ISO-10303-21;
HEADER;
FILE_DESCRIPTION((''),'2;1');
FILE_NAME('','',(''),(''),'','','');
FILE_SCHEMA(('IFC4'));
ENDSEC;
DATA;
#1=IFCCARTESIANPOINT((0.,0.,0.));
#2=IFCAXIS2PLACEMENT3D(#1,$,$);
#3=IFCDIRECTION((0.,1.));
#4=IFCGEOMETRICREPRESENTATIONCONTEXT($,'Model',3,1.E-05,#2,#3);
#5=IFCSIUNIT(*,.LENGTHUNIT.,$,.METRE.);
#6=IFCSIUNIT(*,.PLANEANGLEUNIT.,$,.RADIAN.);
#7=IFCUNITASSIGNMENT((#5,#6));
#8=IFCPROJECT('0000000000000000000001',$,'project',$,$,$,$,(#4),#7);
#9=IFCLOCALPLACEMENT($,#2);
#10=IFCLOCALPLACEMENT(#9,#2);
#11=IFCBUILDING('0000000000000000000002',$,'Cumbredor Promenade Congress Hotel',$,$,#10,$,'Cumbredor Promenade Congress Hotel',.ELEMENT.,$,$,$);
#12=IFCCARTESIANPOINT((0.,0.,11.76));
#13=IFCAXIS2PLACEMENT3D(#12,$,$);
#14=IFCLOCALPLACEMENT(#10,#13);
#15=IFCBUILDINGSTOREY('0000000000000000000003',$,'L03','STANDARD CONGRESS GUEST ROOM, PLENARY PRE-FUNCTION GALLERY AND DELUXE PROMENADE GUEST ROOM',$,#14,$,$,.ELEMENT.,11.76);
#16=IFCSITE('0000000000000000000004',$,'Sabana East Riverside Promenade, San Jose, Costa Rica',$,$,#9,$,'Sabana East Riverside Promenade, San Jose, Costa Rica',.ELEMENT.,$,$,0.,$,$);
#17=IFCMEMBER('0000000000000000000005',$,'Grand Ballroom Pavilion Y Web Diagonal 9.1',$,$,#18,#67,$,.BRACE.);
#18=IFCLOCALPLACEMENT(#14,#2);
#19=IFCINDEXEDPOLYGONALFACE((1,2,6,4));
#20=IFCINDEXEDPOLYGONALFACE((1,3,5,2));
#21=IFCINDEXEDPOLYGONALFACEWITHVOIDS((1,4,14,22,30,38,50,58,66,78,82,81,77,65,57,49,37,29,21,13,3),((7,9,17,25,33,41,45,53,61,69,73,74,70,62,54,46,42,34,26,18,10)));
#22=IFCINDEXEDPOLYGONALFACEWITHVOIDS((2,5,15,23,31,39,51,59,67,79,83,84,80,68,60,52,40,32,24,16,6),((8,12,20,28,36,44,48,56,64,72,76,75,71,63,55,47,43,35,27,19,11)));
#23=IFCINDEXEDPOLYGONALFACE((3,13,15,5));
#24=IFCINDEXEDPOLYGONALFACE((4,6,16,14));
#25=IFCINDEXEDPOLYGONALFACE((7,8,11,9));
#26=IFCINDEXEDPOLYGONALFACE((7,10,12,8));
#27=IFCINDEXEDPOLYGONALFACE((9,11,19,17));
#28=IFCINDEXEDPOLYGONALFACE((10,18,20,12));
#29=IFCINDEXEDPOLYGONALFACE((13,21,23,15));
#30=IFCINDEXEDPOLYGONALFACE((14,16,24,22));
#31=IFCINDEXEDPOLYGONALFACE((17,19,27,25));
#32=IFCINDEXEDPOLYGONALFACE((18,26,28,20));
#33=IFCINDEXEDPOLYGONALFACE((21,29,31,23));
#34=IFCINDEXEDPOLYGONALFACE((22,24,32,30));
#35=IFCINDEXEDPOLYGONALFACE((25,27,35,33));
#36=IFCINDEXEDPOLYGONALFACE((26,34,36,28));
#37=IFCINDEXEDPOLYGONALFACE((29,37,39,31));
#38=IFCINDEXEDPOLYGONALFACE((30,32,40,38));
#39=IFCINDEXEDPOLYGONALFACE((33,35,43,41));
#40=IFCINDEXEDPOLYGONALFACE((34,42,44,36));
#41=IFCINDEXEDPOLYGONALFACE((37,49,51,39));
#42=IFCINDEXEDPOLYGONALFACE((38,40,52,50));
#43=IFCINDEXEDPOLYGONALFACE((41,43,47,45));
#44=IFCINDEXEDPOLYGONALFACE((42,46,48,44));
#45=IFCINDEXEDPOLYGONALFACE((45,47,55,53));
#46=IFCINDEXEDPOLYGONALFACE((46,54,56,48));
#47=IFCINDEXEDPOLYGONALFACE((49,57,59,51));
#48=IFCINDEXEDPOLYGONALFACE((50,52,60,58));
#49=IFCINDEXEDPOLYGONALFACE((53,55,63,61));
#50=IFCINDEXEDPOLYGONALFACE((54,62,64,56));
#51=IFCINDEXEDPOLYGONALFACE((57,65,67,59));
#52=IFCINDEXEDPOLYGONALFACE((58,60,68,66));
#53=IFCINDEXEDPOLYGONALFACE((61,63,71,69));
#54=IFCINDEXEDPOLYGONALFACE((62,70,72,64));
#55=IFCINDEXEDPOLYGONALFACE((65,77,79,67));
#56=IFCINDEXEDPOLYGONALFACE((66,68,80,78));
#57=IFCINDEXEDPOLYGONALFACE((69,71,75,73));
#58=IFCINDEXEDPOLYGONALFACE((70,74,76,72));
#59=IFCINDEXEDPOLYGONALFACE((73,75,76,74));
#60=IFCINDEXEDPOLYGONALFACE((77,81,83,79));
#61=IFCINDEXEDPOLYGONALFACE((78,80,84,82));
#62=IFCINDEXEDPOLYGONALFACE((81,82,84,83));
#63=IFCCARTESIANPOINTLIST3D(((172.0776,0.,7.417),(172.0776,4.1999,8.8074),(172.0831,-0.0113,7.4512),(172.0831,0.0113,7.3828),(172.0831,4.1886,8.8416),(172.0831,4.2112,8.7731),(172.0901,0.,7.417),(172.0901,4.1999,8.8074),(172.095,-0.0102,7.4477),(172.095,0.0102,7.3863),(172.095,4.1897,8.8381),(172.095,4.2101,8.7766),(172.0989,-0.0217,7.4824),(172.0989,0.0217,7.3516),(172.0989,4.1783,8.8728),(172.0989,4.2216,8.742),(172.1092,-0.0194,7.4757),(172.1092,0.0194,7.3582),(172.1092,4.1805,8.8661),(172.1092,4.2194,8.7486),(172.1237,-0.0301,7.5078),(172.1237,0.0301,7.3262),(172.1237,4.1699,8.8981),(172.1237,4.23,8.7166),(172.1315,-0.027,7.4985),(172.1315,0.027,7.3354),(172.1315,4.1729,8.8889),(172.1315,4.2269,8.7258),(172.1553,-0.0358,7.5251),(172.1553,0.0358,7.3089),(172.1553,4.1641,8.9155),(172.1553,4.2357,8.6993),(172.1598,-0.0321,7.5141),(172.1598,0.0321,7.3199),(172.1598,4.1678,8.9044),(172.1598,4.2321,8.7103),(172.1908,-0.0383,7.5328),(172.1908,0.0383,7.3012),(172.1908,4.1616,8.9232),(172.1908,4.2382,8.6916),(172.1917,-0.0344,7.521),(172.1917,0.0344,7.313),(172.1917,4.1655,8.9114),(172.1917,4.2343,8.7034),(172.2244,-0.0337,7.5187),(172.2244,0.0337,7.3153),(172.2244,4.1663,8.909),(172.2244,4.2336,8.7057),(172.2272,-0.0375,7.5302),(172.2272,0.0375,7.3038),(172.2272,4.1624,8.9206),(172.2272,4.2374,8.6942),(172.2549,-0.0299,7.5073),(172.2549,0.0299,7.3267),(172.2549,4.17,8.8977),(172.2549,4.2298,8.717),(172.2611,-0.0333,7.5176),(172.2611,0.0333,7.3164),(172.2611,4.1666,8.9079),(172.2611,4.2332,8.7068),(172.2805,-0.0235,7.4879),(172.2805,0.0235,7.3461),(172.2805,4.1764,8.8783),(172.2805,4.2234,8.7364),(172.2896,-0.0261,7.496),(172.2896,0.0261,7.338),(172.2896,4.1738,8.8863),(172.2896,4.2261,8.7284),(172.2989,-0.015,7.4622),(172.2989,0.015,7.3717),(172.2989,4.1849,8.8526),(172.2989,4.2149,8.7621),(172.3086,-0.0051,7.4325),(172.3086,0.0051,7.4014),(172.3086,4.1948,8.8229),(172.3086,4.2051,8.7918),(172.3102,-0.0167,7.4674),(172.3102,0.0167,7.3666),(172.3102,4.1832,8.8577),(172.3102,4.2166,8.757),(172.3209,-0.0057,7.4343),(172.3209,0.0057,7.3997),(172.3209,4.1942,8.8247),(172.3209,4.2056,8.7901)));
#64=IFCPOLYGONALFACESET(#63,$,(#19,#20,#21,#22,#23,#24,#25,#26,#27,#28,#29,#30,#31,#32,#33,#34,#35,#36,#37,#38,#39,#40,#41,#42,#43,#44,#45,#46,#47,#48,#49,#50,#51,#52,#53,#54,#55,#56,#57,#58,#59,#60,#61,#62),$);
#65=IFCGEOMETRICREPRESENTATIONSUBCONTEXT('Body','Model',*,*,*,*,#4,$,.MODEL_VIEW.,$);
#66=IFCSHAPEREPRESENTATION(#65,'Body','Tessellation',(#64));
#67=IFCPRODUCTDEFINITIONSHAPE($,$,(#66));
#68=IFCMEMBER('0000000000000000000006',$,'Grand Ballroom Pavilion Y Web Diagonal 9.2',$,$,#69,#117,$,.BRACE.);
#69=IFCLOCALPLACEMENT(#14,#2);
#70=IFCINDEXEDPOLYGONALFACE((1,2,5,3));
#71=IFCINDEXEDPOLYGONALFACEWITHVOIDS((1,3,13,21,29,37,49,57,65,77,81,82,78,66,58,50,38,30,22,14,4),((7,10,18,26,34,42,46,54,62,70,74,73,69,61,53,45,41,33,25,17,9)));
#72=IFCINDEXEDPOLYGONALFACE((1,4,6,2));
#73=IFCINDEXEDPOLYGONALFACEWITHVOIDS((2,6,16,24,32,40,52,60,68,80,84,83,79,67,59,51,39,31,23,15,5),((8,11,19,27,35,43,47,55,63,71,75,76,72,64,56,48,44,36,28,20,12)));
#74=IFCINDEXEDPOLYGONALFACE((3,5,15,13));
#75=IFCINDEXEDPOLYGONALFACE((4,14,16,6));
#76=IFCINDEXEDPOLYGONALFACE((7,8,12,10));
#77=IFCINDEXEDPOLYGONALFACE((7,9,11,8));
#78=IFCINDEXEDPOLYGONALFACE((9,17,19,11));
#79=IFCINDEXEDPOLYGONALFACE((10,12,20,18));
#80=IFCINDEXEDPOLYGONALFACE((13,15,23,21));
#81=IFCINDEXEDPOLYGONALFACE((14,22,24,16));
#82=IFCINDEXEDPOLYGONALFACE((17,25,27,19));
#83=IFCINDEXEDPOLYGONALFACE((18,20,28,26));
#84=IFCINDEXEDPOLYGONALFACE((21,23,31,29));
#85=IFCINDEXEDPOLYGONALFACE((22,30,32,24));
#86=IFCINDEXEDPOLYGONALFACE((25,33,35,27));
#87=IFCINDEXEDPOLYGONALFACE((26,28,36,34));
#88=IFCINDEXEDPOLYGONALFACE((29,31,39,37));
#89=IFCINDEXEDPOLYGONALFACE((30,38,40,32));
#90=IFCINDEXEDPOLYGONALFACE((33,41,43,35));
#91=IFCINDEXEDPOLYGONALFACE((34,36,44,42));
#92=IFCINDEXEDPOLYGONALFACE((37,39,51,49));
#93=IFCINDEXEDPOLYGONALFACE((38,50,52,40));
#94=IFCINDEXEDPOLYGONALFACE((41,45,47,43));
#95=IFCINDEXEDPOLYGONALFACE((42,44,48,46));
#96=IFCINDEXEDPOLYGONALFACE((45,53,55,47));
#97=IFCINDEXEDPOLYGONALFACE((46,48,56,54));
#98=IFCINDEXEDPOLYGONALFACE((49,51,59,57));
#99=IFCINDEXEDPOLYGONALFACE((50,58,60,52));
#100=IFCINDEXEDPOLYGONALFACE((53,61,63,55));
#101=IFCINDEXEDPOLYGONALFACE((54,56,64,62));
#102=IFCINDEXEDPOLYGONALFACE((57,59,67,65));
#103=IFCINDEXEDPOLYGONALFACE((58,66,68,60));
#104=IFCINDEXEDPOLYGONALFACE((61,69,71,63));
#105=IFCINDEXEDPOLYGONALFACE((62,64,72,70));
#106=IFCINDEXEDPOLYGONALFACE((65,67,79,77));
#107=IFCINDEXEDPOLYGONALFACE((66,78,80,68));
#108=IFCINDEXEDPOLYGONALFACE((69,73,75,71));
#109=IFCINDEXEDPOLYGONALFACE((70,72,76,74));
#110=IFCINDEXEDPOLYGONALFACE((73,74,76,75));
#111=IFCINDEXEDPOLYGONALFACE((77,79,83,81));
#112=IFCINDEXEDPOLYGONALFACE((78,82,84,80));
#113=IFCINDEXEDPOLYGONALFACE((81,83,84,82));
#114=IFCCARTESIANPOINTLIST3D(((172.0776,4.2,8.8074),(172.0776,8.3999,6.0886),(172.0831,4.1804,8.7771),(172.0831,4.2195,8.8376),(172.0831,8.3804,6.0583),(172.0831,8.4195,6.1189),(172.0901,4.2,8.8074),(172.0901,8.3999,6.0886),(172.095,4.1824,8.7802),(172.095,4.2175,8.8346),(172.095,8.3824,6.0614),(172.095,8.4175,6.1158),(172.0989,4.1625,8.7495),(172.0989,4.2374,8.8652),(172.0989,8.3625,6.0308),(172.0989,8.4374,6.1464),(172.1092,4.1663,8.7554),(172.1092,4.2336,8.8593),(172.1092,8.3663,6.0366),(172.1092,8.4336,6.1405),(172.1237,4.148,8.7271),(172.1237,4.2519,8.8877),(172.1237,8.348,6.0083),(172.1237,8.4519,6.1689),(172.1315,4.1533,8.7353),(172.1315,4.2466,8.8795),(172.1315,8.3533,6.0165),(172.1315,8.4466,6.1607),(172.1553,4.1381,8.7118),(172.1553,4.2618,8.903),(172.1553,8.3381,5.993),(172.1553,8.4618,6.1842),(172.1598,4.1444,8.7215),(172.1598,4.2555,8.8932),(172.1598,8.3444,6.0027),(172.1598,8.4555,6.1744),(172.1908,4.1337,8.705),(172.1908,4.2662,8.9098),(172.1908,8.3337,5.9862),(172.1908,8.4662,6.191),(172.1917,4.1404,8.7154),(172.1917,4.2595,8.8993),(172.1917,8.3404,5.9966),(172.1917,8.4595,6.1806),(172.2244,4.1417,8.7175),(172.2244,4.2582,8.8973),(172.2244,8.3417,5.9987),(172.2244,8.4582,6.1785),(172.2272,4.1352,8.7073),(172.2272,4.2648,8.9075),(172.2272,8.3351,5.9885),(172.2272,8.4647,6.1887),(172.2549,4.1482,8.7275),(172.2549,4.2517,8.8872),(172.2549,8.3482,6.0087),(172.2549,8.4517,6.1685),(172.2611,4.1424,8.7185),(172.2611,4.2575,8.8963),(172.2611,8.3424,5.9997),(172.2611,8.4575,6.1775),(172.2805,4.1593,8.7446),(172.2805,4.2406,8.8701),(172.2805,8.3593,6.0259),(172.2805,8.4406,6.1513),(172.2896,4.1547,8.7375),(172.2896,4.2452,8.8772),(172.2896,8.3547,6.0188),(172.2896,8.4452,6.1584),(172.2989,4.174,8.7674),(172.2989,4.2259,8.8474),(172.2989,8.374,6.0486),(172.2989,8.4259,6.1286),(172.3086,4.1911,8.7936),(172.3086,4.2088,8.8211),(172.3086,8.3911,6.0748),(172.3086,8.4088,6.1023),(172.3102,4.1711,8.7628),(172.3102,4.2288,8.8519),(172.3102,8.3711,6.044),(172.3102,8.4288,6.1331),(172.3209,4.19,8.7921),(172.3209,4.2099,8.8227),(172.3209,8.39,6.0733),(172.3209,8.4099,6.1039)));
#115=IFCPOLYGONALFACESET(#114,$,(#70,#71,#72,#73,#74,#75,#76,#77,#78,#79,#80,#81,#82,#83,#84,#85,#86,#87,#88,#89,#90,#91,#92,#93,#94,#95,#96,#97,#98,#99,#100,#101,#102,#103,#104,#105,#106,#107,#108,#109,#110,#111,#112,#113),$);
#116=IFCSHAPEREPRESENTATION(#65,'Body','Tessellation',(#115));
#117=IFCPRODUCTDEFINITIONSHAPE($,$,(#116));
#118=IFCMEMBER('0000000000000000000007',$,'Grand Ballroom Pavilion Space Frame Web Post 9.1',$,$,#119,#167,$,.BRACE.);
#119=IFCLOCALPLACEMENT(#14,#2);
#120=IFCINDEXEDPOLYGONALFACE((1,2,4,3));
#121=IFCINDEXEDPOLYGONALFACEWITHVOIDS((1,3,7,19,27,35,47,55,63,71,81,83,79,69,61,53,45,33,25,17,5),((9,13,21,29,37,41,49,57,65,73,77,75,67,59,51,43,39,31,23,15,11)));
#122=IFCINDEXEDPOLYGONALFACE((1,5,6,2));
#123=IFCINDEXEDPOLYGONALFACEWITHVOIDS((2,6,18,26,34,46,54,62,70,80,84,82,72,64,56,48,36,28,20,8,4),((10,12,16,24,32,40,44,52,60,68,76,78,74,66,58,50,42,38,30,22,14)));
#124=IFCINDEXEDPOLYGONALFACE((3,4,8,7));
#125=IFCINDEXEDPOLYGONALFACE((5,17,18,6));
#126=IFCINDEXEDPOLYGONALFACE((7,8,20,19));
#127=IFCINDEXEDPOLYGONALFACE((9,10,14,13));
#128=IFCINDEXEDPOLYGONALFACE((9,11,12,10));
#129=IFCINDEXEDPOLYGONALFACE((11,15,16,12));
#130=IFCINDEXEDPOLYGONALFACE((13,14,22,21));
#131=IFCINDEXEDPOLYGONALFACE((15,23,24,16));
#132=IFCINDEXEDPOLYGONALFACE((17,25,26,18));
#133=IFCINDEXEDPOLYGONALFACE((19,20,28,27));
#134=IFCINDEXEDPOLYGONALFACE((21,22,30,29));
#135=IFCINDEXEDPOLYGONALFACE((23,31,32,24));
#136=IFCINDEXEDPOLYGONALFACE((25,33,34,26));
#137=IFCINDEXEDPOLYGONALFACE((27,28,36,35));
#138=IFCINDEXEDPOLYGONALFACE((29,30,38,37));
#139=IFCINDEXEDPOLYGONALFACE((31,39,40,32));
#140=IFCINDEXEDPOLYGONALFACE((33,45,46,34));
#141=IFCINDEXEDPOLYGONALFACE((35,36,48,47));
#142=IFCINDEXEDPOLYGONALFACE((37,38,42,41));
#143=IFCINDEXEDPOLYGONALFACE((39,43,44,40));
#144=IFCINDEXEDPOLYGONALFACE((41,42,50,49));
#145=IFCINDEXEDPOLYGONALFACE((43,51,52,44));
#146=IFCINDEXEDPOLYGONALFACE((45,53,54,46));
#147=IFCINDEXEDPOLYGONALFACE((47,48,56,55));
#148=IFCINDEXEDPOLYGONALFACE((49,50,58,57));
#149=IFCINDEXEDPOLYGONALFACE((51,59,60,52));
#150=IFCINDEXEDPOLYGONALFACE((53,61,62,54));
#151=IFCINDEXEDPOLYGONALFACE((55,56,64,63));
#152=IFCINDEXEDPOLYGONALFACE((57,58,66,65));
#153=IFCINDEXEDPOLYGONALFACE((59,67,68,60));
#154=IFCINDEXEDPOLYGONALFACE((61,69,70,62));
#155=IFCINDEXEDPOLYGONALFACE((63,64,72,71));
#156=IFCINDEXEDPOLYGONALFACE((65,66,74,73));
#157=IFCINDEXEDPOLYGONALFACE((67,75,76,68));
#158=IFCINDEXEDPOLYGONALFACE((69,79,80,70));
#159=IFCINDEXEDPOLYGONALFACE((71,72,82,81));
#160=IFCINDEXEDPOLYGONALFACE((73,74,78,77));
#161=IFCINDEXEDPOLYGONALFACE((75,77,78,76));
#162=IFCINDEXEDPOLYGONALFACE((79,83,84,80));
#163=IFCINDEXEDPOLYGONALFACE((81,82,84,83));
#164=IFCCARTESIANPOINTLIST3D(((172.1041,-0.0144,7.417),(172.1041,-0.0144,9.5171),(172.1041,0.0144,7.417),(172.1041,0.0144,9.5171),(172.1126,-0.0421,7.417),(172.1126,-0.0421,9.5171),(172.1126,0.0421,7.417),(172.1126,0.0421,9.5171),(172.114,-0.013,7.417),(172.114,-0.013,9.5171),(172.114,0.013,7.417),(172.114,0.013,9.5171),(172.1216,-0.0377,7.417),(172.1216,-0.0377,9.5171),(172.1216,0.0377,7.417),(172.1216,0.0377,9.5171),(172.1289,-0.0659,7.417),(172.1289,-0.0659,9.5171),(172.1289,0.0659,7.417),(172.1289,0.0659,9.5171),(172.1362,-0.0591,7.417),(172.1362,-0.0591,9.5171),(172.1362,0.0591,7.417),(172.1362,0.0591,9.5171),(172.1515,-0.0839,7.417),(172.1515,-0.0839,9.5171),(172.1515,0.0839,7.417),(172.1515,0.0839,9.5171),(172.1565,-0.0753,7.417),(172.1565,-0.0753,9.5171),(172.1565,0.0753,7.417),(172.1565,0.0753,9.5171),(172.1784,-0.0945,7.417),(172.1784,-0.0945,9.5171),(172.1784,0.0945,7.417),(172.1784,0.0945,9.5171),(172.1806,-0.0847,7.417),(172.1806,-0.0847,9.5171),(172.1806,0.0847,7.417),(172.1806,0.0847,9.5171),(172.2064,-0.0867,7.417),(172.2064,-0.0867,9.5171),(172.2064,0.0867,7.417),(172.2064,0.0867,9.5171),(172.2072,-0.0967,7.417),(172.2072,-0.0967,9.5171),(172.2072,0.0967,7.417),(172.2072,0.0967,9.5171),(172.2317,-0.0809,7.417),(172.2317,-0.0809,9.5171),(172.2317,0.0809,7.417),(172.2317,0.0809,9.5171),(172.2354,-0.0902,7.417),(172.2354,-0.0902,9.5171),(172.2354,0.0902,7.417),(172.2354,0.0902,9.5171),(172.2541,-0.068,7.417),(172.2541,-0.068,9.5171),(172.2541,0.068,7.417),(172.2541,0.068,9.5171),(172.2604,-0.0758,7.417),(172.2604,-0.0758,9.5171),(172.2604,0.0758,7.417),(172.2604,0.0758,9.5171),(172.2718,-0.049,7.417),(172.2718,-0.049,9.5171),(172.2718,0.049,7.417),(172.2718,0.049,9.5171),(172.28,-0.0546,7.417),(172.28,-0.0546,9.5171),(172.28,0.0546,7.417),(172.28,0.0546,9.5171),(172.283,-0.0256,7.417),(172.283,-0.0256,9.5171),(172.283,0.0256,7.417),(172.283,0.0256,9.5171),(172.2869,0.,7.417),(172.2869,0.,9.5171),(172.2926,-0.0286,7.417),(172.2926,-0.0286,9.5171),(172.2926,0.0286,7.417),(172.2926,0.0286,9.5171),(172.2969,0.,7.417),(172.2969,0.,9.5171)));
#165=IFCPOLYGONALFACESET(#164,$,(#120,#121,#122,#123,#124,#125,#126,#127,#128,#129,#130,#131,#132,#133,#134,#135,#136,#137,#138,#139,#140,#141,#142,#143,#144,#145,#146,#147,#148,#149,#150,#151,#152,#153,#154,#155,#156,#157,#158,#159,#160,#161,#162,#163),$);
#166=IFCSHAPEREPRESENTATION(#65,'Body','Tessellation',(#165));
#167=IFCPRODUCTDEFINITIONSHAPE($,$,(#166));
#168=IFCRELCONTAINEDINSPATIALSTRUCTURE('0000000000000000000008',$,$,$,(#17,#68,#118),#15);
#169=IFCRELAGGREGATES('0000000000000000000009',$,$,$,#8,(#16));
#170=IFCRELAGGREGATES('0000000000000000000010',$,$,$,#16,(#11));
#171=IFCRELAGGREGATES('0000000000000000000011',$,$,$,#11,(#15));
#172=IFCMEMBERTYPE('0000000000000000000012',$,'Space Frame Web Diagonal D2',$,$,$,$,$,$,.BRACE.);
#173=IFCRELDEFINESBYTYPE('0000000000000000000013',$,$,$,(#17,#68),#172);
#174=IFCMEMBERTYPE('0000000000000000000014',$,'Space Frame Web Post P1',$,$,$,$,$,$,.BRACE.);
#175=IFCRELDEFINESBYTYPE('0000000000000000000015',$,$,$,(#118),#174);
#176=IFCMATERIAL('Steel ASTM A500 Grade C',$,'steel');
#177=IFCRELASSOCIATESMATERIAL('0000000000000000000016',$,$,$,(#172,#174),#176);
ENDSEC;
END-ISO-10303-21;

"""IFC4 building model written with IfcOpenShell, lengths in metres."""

from ifc_helpers import new_model, si_unit, direction, frame, origin, origin_2d, place, context, subcontext, project, spatial, hollow_circle, extrude, material, material_profile, profile_set, type_object, element, save


model = new_model("IFC4")

# Units and contexts
model_context = context("Model", 3, precision=1e-05, world=origin(), true_north=direction((0.0, 1.0)))
body_context = subcontext(model_context, "Body", "Model", "MODEL_VIEW")
ifc_project = project(units=[si_unit("LENGTHUNIT", "METRE"), si_unit("PLANEANGLEUNIT", "RADIAN")], contexts=[model_context])

# Site, building, storey
site_placement = place(None, origin())
site = spatial("IfcSite", under=ifc_project, at=site_placement, Name="Sabana East Riverside Promenade, San Jose, Costa Rica", LongName="Sabana East Riverside Promenade, San Jose, Costa Rica", CompositionType="ELEMENT", RefElevation=0.0)
building_placement = place(site_placement, origin())
building = spatial("IfcBuilding", under=site, at=building_placement, Name="Cumbredor Promenade Congress Hotel", LongName="Cumbredor Promenade Congress Hotel", CompositionType="ELEMENT")
storey_placement = place(building_placement, frame((0.0, 0.0, 11.76)))
storey = spatial("IfcBuildingStorey", under=building, at=storey_placement, Name="L03", Description="STANDARD CONGRESS GUEST ROOM, PLENARY PRE-FUNCTION GALLERY AND DELUXE PROMENADE GUEST ROOM", CompositionType="ELEMENT", Elevation=11.76)

# Shared definitions
ifc_material_1 = material(Name="Steel ASTM A500 Grade C", Category="steel")

# Members
ifc_material_profile_1 = material_profile(ifc_material_1, hollow_circle(Radius=0.1223, WallThickness=0.0125, at=origin_2d()), Name="CHS 244.5x12.5")
ifc_profile_set_1 = profile_set([ifc_material_profile_1], Name="Steel ASTM A500 Grade C")
member_type_1 = type_object("IfcMemberType", Name="Space Frame Web Diagonal D2", PredefinedType="BRACE", material=ifc_profile_set_1)
member_1_placement = place(storey_placement, frame((172.2, 0.0, 7.417), z_axis=(0.0, 0.949332, 0.314274), x_axis=(-1.0, 0.0, 0.0)))
element("IfcMember", 1, at=member_1_placement, inside=storey, type_object=member_type_1, Name="Grand Ballroom Pavilion Y Web Diagonal 9.1", PredefinedType="BRACE", context=body_context, shape_type="SweptSolid", body=[
    extrude(hollow_circle(Radius=0.1223, WallThickness=0.0125, at=origin_2d()), origin(), (0.0, 0.0, 1.0), 4.4241),
])
member_2_placement = place(storey_placement, frame((172.2, 4.2, 8.8074), z_axis=(0.0, 0.839467, -0.543411), x_axis=(-1.0, 0.0, 0.0)))
element("IfcMember", 2, at=member_2_placement, inside=storey, type_object=member_type_1, Name="Grand Ballroom Pavilion Y Web Diagonal 9.2", PredefinedType="BRACE", context=body_context, shape_type="SweptSolid", body=[
    extrude(hollow_circle(Radius=0.1223, WallThickness=0.0125, at=origin_2d()), origin(), (0.0, 0.0, 1.0), 5.0032),
])
ifc_material_profile_2 = material_profile(ifc_material_1, hollow_circle(Radius=0.0969, WallThickness=0.01, at=origin_2d()), Name="CHS 193.7x10")
ifc_profile_set_2 = profile_set([ifc_material_profile_2], Name="Steel ASTM A500 Grade C")
member_type_2 = type_object("IfcMemberType", Name="Space Frame Web Post P1", PredefinedType="BRACE", material=ifc_profile_set_2)
for number, where, z_axis, x_axis, name in (
    (3, (172.2, 0.0, 7.417), (0.0, 0.0, 1.0), (1.0, 0.0, 0.0), "Grand Ballroom Pavilion Space Frame Web Post 9.1"),
):
    element("IfcMember", number, at=place(storey_placement, frame(where, z_axis=z_axis, x_axis=x_axis)), inside=storey, type_object=member_type_2, Name=name, PredefinedType="BRACE", context=body_context, shape_type="SweptSolid", body=[
        extrude(hollow_circle(Radius=0.0969, WallThickness=0.01, at=origin_2d()), origin(), (0.0, 0.0, 1.0), 2.1001),
    ])

save(model, "model.ifc")
